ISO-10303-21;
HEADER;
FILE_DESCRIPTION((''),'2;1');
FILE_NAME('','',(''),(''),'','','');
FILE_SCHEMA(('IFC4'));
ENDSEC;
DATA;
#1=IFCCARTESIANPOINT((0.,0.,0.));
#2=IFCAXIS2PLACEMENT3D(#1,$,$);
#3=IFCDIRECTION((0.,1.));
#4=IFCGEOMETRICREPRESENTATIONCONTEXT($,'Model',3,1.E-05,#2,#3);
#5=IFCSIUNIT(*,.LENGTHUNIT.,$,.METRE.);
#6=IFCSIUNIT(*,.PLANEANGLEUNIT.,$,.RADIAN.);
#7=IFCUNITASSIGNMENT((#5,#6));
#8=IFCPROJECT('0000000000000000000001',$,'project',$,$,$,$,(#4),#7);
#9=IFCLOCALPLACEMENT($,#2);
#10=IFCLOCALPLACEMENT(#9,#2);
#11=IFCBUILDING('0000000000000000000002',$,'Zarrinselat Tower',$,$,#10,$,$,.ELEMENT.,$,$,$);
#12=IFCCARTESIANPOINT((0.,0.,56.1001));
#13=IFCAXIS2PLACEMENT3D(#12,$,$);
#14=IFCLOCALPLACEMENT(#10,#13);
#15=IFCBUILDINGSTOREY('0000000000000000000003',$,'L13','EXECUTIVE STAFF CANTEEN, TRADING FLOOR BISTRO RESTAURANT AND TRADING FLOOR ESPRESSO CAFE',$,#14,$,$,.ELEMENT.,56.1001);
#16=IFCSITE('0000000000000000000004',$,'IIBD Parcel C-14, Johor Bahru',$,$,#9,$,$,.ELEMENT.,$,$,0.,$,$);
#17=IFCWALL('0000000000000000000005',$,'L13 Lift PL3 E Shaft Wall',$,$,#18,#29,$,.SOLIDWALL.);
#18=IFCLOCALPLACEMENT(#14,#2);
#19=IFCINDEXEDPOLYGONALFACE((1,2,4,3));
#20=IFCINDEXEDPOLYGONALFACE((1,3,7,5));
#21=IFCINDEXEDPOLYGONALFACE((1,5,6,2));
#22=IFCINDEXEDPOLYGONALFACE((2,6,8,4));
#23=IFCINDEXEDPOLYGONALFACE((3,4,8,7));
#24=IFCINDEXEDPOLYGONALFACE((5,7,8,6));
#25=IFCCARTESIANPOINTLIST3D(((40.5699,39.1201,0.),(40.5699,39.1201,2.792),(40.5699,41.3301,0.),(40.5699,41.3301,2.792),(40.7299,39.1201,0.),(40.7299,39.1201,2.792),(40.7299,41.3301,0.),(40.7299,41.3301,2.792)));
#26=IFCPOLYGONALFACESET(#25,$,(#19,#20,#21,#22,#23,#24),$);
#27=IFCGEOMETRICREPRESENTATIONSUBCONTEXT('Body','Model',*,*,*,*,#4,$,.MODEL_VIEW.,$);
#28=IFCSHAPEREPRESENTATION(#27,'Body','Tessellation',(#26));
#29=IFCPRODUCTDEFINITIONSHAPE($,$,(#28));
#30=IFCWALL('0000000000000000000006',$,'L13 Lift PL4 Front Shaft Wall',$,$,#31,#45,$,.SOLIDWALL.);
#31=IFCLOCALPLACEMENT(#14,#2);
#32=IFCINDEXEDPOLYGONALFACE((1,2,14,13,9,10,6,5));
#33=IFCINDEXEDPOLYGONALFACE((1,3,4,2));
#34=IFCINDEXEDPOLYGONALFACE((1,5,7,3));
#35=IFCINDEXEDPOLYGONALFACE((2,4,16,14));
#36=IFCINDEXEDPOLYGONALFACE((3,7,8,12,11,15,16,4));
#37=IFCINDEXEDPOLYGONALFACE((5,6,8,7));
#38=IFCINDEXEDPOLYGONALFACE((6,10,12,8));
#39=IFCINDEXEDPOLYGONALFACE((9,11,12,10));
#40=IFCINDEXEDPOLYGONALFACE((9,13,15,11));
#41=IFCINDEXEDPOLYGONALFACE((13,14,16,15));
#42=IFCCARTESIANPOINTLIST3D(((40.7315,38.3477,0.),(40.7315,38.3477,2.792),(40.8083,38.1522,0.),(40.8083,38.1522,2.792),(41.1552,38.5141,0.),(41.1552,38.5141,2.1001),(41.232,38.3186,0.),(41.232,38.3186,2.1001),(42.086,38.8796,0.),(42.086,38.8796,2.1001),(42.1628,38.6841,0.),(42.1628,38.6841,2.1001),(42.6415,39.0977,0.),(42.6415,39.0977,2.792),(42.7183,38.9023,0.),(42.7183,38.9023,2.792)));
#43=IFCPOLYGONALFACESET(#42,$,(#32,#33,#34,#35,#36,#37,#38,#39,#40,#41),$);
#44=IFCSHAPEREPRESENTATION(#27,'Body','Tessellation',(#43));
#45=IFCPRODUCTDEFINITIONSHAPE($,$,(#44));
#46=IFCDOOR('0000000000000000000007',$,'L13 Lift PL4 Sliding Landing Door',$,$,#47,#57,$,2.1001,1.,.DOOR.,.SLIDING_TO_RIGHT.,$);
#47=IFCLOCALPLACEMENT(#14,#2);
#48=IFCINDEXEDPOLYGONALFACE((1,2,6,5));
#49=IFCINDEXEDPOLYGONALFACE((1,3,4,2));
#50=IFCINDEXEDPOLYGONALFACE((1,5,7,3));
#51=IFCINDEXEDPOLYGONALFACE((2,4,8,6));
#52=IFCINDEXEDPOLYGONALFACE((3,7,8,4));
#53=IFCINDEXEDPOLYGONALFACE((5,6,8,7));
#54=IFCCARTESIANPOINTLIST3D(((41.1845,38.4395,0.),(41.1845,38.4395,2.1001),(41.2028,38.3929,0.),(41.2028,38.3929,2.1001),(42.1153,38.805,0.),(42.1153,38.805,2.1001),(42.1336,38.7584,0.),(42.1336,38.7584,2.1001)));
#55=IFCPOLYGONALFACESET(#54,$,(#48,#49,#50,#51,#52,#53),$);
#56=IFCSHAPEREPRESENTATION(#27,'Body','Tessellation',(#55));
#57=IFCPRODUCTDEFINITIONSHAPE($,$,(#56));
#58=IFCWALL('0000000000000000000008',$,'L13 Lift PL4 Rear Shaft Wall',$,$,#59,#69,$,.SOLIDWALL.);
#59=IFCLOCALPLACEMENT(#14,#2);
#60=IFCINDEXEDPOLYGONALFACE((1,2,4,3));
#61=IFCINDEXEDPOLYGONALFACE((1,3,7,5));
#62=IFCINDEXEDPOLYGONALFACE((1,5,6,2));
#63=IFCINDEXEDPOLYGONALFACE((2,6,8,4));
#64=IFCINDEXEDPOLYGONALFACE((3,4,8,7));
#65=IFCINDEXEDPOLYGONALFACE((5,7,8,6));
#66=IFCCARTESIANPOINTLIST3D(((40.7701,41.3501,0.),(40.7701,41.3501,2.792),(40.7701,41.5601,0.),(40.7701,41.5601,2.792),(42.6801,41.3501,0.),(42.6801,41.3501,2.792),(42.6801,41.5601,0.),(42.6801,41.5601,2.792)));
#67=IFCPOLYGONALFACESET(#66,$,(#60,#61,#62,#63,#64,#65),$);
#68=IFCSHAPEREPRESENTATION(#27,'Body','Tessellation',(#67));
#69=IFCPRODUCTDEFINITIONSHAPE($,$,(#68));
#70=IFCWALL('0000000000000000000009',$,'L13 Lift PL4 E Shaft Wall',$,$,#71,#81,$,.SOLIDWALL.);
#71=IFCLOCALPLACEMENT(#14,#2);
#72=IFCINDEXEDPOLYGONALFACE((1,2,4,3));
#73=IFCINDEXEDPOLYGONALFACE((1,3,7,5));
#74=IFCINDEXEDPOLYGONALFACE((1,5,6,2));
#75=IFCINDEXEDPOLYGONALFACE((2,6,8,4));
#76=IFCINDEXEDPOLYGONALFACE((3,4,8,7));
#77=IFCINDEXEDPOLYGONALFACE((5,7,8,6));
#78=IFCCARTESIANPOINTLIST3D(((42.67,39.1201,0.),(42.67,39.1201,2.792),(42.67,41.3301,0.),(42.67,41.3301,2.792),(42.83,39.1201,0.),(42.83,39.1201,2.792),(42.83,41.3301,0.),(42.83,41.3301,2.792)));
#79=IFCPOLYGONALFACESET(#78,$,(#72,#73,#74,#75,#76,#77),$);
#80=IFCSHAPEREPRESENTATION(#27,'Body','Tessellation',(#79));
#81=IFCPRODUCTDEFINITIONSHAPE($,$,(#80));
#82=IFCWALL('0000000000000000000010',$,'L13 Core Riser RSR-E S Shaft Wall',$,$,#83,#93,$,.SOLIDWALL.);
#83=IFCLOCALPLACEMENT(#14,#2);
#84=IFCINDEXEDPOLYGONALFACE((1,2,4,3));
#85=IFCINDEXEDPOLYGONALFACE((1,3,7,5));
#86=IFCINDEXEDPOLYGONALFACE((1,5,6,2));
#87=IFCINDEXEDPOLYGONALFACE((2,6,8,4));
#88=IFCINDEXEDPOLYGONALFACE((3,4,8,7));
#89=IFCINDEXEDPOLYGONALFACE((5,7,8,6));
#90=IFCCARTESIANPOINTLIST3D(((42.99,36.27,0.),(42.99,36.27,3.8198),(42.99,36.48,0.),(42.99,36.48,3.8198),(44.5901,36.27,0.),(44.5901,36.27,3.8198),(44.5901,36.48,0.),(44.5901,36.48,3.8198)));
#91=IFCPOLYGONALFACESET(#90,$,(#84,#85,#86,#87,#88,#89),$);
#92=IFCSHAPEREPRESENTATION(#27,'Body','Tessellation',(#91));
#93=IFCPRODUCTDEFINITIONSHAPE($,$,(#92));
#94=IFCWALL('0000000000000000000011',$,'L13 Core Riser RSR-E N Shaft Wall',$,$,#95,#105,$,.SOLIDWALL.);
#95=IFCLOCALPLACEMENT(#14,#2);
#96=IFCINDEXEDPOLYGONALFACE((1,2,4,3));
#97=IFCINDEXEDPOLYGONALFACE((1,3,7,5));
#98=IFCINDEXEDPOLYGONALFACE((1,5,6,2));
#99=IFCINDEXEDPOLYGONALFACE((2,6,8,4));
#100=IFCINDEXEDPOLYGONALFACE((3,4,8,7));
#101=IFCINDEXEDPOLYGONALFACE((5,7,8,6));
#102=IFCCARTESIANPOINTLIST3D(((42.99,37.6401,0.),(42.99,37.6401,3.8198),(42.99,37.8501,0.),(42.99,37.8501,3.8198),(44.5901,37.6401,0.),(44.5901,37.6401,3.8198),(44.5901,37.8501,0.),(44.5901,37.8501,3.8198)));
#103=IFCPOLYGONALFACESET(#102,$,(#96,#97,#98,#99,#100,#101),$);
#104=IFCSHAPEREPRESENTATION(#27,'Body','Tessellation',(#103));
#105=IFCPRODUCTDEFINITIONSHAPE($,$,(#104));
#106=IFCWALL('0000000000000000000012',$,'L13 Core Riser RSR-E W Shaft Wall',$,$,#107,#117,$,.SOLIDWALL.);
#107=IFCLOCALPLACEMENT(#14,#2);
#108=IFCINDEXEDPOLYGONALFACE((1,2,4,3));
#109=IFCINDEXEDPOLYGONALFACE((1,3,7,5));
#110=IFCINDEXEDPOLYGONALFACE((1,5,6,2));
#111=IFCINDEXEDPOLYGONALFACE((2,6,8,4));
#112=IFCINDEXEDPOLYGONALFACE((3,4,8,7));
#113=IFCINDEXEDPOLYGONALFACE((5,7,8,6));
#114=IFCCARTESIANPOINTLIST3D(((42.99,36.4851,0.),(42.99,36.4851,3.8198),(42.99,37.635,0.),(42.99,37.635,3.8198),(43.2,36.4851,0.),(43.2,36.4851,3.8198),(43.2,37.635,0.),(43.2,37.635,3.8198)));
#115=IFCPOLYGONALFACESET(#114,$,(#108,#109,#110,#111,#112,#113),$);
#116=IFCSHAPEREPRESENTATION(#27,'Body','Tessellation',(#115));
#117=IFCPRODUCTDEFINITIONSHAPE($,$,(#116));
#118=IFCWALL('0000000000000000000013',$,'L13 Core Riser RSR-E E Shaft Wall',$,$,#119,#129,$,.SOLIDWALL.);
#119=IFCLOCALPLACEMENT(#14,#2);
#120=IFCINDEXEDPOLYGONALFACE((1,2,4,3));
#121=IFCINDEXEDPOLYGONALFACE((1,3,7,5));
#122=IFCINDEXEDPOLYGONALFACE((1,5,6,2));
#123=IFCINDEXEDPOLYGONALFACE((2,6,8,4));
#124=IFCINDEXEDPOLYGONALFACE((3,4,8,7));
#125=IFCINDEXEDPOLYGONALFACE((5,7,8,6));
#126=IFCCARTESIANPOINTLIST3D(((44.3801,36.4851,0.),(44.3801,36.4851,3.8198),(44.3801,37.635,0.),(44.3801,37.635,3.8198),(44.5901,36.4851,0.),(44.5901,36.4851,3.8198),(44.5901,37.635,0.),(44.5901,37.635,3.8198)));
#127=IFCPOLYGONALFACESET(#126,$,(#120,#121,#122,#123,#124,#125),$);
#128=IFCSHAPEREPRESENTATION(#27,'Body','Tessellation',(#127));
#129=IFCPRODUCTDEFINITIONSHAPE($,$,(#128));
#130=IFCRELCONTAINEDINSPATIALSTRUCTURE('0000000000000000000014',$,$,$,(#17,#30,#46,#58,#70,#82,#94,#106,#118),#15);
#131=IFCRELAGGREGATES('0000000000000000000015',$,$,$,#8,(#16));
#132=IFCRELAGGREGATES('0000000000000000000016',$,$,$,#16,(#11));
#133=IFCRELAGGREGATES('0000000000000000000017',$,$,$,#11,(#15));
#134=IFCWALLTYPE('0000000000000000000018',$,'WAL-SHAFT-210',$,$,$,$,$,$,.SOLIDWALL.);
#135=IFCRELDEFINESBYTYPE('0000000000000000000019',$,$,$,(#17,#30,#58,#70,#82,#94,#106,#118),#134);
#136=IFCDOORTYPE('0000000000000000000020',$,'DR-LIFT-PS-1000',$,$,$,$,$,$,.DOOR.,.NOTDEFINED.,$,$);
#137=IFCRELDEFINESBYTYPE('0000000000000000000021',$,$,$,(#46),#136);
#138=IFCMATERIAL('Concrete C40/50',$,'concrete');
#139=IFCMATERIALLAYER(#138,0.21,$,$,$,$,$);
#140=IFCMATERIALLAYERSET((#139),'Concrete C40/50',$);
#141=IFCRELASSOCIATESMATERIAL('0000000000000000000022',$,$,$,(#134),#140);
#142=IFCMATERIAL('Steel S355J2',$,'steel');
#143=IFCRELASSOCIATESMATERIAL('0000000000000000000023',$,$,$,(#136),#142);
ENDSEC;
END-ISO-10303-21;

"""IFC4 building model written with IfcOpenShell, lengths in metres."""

from ifc_helpers import new_model, si_unit, direction, frame, frame_2d, origin, place, context, subcontext, project, spatial, rectangle, extrude, material, layer, layer_set, type_object, element, fill, save


model = new_model("IFC4")

# Units and contexts
model_context = context("Model", 3, precision=1e-05, world=origin(), true_north=direction((0.0, 1.0)))
body_context = subcontext(model_context, "Body", "Model", "MODEL_VIEW")
ifc_project = project(units=[si_unit("LENGTHUNIT", "METRE"), si_unit("PLANEANGLEUNIT", "RADIAN")], contexts=[model_context])

# Site, building, storey
site_placement = place(None, origin())
site = spatial("IfcSite", under=ifc_project, at=site_placement, Name="IIBD Parcel C-14, Johor Bahru", CompositionType="ELEMENT", RefElevation=0.0)
building_placement = place(site_placement, origin())
building = spatial("IfcBuilding", under=site, at=building_placement, Name="Zarrinselat Tower", CompositionType="ELEMENT")
storey_placement = place(building_placement, frame((0.0, 0.0, 56.1001)))
storey = spatial("IfcBuildingStorey", under=building, at=storey_placement, Name="L13", Description="EXECUTIVE STAFF CANTEEN, TRADING FLOOR BISTRO RESTAURANT AND TRADING FLOOR ESPRESSO CAFE", CompositionType="ELEMENT", Elevation=56.1001)

# Shared definitions
ifc_material_1 = material(Name="Concrete C40/50", Category="concrete")
ifc_layer_1 = layer(ifc_material_1, 0.21)
ifc_layer_set_1 = layer_set([ifc_layer_1], Name="Concrete C40/50")
wall_type_1 = type_object("IfcWallType", Name="WAL-SHAFT-210", PredefinedType="SOLIDWALL", material=ifc_layer_set_1)

# Shared definitions
ifc_material_2 = material(Name="Steel S355J2", Category="steel")
door_type = type_object("IfcDoorType", Name="DR-LIFT-PS-1000", OperationType="NOTDEFINED", PredefinedType="DOOR", material=ifc_material_2)

# Wall
for number, where, z_axis, x_axis, name in (
    (1, (40.6499, 39.1201, 0.0), (0.0, 0.0, 1.0), (0.0, 1.0, 0.0), "L13 Lift PL3 E Shaft Wall"),
):
    element("IfcWall", number, at=place(storey_placement, frame(where, z_axis=z_axis, x_axis=x_axis)), inside=storey, type_object=wall_type_1, Name=name, PredefinedType="SOLIDWALL", context=body_context, shape_type="SweptSolid", body=[
        extrude(rectangle(XDim=2.21, YDim=0.1599, at=frame_2d((1.105, 0.0))), origin(), (0.0, 0.0, 1.0), 2.792),
    ])

# Wall, opening, door
wall_1_placement = place(storey_placement, frame((40.77, 38.25, 0.0), z_axis=(0.0, 0.0, 1.0), x_axis=(0.930805, 0.365516, 0.0)))
wall_1 = element("IfcWall", 2, at=wall_1_placement, inside=storey, type_object=wall_type_1, Name="L13 Lift PL4 Front Shaft Wall", PredefinedType="SOLIDWALL", context=body_context, shape_type="SweptSolid", body=[
    extrude(rectangle(XDim=2.052, YDim=0.21, at=frame_2d((1.0259, 0.0))), origin(), (0.0, 0.0, 1.0), 2.792),
])
opening_1_placement = place(wall_1_placement, frame((0.4551, 0.0, 0.0)))
opening_1 = element("IfcOpeningElement", 3, at=opening_1_placement, cuts=wall_1, PredefinedType="OPENING", context=body_context, shape_type="SweptSolid", body=[
    extrude(rectangle(XDim=1.0, YDim=2.1001, at=frame_2d((0.5, 1.05))), frame((0.0, 0.115, 0.0), z_axis=(0.0, -1.0, 0.0), x_axis=(1.0, 0.0, 0.0)), (0.0, 0.0, 1.0), 0.23),
])
door_1_placement = place(opening_1_placement, origin())
door_1 = element("IfcDoor", 4, at=door_1_placement, inside=storey, type_object=door_type, Name="L13 Lift PL4 Sliding Landing Door", OperationType="SLIDING_TO_RIGHT", OverallHeight=2.1001, OverallWidth=1.0, PredefinedType="DOOR", context=body_context, shape_type="SweptSolid", body=[
    extrude(rectangle(XDim=1.0, YDim=2.1001, at=frame_2d((0.5, 1.05))), frame((0.0, 0.0249, 0.0), z_axis=(0.0, -1.0, 0.0), x_axis=(1.0, 0.0, 0.0)), (0.0, 0.0, 1.0), 0.05),
])
fill(opening_1, door_1)

# Walls
wall_2_placement = place(storey_placement, frame((40.77, 41.4551, 0.0), z_axis=(0.0, 0.0, 1.0), x_axis=(1.0, 0.0, 0.0)))
element("IfcWall", 5, at=wall_2_placement, inside=storey, type_object=wall_type_1, Name="L13 Lift PL4 Rear Shaft Wall", PredefinedType="SOLIDWALL", context=body_context, shape_type="SweptSolid", body=[
    extrude(rectangle(XDim=1.9099, YDim=0.21, at=frame_2d((0.9551, 0.0))), origin(), (0.0, 0.0, 1.0), 2.792),
])
wall_3_placement = place(storey_placement, frame((42.75, 39.1201, 0.0), z_axis=(0.0, 0.0, 1.0), x_axis=(0.0, 1.0, 0.0)))
element("IfcWall", 6, at=wall_3_placement, inside=storey, type_object=wall_type_1, Name="L13 Lift PL4 E Shaft Wall", PredefinedType="SOLIDWALL", context=body_context, shape_type="SweptSolid", body=[
    extrude(rectangle(XDim=2.21, YDim=0.1599, at=frame_2d((1.105, 0.0))), origin(), (0.0, 0.0, 1.0), 2.792),
])
for number, where, z_axis, x_axis, name in (
    (7, (42.99, 36.375, 0.0), (0.0, 0.0, 1.0), (1.0, 0.0, 0.0), "L13 Core Riser RSR-E S Shaft Wall"),
    (8, (42.99, 37.7451, 0.0), (0.0, 0.0, 1.0), (1.0, 0.0, 0.0), "L13 Core Riser RSR-E N Shaft Wall"),
):
    element("IfcWall", number, at=place(storey_placement, frame(where, z_axis=z_axis, x_axis=x_axis)), inside=storey, type_object=wall_type_1, Name=name, PredefinedType="SOLIDWALL", context=body_context, shape_type="SweptSolid", body=[
        extrude(rectangle(XDim=1.6001, YDim=0.21, at=frame_2d((0.8, 0.0))), origin(), (0.0, 0.0, 1.0), 3.8198),
    ])
for number, where, z_axis, x_axis, name in (
    (9, (43.095, 36.4851, 0.0), (0.0, 0.0, 1.0), (0.0, 1.0, 0.0), "L13 Core Riser RSR-E W Shaft Wall"),
    (10, (44.4851, 36.4851, 0.0), (0.0, 0.0, 1.0), (0.0, 1.0, 0.0), "L13 Core Riser RSR-E E Shaft Wall"),
):
    element("IfcWall", number, at=place(storey_placement, frame(where, z_axis=z_axis, x_axis=x_axis)), inside=storey, type_object=wall_type_1, Name=name, PredefinedType="SOLIDWALL", context=body_context, shape_type="SweptSolid", body=[
        extrude(rectangle(XDim=1.1499, YDim=0.21, at=frame_2d((0.575, 0.0))), origin(), (0.0, 0.0, 1.0), 3.8198),
    ])

save(model, "model.ifc")
